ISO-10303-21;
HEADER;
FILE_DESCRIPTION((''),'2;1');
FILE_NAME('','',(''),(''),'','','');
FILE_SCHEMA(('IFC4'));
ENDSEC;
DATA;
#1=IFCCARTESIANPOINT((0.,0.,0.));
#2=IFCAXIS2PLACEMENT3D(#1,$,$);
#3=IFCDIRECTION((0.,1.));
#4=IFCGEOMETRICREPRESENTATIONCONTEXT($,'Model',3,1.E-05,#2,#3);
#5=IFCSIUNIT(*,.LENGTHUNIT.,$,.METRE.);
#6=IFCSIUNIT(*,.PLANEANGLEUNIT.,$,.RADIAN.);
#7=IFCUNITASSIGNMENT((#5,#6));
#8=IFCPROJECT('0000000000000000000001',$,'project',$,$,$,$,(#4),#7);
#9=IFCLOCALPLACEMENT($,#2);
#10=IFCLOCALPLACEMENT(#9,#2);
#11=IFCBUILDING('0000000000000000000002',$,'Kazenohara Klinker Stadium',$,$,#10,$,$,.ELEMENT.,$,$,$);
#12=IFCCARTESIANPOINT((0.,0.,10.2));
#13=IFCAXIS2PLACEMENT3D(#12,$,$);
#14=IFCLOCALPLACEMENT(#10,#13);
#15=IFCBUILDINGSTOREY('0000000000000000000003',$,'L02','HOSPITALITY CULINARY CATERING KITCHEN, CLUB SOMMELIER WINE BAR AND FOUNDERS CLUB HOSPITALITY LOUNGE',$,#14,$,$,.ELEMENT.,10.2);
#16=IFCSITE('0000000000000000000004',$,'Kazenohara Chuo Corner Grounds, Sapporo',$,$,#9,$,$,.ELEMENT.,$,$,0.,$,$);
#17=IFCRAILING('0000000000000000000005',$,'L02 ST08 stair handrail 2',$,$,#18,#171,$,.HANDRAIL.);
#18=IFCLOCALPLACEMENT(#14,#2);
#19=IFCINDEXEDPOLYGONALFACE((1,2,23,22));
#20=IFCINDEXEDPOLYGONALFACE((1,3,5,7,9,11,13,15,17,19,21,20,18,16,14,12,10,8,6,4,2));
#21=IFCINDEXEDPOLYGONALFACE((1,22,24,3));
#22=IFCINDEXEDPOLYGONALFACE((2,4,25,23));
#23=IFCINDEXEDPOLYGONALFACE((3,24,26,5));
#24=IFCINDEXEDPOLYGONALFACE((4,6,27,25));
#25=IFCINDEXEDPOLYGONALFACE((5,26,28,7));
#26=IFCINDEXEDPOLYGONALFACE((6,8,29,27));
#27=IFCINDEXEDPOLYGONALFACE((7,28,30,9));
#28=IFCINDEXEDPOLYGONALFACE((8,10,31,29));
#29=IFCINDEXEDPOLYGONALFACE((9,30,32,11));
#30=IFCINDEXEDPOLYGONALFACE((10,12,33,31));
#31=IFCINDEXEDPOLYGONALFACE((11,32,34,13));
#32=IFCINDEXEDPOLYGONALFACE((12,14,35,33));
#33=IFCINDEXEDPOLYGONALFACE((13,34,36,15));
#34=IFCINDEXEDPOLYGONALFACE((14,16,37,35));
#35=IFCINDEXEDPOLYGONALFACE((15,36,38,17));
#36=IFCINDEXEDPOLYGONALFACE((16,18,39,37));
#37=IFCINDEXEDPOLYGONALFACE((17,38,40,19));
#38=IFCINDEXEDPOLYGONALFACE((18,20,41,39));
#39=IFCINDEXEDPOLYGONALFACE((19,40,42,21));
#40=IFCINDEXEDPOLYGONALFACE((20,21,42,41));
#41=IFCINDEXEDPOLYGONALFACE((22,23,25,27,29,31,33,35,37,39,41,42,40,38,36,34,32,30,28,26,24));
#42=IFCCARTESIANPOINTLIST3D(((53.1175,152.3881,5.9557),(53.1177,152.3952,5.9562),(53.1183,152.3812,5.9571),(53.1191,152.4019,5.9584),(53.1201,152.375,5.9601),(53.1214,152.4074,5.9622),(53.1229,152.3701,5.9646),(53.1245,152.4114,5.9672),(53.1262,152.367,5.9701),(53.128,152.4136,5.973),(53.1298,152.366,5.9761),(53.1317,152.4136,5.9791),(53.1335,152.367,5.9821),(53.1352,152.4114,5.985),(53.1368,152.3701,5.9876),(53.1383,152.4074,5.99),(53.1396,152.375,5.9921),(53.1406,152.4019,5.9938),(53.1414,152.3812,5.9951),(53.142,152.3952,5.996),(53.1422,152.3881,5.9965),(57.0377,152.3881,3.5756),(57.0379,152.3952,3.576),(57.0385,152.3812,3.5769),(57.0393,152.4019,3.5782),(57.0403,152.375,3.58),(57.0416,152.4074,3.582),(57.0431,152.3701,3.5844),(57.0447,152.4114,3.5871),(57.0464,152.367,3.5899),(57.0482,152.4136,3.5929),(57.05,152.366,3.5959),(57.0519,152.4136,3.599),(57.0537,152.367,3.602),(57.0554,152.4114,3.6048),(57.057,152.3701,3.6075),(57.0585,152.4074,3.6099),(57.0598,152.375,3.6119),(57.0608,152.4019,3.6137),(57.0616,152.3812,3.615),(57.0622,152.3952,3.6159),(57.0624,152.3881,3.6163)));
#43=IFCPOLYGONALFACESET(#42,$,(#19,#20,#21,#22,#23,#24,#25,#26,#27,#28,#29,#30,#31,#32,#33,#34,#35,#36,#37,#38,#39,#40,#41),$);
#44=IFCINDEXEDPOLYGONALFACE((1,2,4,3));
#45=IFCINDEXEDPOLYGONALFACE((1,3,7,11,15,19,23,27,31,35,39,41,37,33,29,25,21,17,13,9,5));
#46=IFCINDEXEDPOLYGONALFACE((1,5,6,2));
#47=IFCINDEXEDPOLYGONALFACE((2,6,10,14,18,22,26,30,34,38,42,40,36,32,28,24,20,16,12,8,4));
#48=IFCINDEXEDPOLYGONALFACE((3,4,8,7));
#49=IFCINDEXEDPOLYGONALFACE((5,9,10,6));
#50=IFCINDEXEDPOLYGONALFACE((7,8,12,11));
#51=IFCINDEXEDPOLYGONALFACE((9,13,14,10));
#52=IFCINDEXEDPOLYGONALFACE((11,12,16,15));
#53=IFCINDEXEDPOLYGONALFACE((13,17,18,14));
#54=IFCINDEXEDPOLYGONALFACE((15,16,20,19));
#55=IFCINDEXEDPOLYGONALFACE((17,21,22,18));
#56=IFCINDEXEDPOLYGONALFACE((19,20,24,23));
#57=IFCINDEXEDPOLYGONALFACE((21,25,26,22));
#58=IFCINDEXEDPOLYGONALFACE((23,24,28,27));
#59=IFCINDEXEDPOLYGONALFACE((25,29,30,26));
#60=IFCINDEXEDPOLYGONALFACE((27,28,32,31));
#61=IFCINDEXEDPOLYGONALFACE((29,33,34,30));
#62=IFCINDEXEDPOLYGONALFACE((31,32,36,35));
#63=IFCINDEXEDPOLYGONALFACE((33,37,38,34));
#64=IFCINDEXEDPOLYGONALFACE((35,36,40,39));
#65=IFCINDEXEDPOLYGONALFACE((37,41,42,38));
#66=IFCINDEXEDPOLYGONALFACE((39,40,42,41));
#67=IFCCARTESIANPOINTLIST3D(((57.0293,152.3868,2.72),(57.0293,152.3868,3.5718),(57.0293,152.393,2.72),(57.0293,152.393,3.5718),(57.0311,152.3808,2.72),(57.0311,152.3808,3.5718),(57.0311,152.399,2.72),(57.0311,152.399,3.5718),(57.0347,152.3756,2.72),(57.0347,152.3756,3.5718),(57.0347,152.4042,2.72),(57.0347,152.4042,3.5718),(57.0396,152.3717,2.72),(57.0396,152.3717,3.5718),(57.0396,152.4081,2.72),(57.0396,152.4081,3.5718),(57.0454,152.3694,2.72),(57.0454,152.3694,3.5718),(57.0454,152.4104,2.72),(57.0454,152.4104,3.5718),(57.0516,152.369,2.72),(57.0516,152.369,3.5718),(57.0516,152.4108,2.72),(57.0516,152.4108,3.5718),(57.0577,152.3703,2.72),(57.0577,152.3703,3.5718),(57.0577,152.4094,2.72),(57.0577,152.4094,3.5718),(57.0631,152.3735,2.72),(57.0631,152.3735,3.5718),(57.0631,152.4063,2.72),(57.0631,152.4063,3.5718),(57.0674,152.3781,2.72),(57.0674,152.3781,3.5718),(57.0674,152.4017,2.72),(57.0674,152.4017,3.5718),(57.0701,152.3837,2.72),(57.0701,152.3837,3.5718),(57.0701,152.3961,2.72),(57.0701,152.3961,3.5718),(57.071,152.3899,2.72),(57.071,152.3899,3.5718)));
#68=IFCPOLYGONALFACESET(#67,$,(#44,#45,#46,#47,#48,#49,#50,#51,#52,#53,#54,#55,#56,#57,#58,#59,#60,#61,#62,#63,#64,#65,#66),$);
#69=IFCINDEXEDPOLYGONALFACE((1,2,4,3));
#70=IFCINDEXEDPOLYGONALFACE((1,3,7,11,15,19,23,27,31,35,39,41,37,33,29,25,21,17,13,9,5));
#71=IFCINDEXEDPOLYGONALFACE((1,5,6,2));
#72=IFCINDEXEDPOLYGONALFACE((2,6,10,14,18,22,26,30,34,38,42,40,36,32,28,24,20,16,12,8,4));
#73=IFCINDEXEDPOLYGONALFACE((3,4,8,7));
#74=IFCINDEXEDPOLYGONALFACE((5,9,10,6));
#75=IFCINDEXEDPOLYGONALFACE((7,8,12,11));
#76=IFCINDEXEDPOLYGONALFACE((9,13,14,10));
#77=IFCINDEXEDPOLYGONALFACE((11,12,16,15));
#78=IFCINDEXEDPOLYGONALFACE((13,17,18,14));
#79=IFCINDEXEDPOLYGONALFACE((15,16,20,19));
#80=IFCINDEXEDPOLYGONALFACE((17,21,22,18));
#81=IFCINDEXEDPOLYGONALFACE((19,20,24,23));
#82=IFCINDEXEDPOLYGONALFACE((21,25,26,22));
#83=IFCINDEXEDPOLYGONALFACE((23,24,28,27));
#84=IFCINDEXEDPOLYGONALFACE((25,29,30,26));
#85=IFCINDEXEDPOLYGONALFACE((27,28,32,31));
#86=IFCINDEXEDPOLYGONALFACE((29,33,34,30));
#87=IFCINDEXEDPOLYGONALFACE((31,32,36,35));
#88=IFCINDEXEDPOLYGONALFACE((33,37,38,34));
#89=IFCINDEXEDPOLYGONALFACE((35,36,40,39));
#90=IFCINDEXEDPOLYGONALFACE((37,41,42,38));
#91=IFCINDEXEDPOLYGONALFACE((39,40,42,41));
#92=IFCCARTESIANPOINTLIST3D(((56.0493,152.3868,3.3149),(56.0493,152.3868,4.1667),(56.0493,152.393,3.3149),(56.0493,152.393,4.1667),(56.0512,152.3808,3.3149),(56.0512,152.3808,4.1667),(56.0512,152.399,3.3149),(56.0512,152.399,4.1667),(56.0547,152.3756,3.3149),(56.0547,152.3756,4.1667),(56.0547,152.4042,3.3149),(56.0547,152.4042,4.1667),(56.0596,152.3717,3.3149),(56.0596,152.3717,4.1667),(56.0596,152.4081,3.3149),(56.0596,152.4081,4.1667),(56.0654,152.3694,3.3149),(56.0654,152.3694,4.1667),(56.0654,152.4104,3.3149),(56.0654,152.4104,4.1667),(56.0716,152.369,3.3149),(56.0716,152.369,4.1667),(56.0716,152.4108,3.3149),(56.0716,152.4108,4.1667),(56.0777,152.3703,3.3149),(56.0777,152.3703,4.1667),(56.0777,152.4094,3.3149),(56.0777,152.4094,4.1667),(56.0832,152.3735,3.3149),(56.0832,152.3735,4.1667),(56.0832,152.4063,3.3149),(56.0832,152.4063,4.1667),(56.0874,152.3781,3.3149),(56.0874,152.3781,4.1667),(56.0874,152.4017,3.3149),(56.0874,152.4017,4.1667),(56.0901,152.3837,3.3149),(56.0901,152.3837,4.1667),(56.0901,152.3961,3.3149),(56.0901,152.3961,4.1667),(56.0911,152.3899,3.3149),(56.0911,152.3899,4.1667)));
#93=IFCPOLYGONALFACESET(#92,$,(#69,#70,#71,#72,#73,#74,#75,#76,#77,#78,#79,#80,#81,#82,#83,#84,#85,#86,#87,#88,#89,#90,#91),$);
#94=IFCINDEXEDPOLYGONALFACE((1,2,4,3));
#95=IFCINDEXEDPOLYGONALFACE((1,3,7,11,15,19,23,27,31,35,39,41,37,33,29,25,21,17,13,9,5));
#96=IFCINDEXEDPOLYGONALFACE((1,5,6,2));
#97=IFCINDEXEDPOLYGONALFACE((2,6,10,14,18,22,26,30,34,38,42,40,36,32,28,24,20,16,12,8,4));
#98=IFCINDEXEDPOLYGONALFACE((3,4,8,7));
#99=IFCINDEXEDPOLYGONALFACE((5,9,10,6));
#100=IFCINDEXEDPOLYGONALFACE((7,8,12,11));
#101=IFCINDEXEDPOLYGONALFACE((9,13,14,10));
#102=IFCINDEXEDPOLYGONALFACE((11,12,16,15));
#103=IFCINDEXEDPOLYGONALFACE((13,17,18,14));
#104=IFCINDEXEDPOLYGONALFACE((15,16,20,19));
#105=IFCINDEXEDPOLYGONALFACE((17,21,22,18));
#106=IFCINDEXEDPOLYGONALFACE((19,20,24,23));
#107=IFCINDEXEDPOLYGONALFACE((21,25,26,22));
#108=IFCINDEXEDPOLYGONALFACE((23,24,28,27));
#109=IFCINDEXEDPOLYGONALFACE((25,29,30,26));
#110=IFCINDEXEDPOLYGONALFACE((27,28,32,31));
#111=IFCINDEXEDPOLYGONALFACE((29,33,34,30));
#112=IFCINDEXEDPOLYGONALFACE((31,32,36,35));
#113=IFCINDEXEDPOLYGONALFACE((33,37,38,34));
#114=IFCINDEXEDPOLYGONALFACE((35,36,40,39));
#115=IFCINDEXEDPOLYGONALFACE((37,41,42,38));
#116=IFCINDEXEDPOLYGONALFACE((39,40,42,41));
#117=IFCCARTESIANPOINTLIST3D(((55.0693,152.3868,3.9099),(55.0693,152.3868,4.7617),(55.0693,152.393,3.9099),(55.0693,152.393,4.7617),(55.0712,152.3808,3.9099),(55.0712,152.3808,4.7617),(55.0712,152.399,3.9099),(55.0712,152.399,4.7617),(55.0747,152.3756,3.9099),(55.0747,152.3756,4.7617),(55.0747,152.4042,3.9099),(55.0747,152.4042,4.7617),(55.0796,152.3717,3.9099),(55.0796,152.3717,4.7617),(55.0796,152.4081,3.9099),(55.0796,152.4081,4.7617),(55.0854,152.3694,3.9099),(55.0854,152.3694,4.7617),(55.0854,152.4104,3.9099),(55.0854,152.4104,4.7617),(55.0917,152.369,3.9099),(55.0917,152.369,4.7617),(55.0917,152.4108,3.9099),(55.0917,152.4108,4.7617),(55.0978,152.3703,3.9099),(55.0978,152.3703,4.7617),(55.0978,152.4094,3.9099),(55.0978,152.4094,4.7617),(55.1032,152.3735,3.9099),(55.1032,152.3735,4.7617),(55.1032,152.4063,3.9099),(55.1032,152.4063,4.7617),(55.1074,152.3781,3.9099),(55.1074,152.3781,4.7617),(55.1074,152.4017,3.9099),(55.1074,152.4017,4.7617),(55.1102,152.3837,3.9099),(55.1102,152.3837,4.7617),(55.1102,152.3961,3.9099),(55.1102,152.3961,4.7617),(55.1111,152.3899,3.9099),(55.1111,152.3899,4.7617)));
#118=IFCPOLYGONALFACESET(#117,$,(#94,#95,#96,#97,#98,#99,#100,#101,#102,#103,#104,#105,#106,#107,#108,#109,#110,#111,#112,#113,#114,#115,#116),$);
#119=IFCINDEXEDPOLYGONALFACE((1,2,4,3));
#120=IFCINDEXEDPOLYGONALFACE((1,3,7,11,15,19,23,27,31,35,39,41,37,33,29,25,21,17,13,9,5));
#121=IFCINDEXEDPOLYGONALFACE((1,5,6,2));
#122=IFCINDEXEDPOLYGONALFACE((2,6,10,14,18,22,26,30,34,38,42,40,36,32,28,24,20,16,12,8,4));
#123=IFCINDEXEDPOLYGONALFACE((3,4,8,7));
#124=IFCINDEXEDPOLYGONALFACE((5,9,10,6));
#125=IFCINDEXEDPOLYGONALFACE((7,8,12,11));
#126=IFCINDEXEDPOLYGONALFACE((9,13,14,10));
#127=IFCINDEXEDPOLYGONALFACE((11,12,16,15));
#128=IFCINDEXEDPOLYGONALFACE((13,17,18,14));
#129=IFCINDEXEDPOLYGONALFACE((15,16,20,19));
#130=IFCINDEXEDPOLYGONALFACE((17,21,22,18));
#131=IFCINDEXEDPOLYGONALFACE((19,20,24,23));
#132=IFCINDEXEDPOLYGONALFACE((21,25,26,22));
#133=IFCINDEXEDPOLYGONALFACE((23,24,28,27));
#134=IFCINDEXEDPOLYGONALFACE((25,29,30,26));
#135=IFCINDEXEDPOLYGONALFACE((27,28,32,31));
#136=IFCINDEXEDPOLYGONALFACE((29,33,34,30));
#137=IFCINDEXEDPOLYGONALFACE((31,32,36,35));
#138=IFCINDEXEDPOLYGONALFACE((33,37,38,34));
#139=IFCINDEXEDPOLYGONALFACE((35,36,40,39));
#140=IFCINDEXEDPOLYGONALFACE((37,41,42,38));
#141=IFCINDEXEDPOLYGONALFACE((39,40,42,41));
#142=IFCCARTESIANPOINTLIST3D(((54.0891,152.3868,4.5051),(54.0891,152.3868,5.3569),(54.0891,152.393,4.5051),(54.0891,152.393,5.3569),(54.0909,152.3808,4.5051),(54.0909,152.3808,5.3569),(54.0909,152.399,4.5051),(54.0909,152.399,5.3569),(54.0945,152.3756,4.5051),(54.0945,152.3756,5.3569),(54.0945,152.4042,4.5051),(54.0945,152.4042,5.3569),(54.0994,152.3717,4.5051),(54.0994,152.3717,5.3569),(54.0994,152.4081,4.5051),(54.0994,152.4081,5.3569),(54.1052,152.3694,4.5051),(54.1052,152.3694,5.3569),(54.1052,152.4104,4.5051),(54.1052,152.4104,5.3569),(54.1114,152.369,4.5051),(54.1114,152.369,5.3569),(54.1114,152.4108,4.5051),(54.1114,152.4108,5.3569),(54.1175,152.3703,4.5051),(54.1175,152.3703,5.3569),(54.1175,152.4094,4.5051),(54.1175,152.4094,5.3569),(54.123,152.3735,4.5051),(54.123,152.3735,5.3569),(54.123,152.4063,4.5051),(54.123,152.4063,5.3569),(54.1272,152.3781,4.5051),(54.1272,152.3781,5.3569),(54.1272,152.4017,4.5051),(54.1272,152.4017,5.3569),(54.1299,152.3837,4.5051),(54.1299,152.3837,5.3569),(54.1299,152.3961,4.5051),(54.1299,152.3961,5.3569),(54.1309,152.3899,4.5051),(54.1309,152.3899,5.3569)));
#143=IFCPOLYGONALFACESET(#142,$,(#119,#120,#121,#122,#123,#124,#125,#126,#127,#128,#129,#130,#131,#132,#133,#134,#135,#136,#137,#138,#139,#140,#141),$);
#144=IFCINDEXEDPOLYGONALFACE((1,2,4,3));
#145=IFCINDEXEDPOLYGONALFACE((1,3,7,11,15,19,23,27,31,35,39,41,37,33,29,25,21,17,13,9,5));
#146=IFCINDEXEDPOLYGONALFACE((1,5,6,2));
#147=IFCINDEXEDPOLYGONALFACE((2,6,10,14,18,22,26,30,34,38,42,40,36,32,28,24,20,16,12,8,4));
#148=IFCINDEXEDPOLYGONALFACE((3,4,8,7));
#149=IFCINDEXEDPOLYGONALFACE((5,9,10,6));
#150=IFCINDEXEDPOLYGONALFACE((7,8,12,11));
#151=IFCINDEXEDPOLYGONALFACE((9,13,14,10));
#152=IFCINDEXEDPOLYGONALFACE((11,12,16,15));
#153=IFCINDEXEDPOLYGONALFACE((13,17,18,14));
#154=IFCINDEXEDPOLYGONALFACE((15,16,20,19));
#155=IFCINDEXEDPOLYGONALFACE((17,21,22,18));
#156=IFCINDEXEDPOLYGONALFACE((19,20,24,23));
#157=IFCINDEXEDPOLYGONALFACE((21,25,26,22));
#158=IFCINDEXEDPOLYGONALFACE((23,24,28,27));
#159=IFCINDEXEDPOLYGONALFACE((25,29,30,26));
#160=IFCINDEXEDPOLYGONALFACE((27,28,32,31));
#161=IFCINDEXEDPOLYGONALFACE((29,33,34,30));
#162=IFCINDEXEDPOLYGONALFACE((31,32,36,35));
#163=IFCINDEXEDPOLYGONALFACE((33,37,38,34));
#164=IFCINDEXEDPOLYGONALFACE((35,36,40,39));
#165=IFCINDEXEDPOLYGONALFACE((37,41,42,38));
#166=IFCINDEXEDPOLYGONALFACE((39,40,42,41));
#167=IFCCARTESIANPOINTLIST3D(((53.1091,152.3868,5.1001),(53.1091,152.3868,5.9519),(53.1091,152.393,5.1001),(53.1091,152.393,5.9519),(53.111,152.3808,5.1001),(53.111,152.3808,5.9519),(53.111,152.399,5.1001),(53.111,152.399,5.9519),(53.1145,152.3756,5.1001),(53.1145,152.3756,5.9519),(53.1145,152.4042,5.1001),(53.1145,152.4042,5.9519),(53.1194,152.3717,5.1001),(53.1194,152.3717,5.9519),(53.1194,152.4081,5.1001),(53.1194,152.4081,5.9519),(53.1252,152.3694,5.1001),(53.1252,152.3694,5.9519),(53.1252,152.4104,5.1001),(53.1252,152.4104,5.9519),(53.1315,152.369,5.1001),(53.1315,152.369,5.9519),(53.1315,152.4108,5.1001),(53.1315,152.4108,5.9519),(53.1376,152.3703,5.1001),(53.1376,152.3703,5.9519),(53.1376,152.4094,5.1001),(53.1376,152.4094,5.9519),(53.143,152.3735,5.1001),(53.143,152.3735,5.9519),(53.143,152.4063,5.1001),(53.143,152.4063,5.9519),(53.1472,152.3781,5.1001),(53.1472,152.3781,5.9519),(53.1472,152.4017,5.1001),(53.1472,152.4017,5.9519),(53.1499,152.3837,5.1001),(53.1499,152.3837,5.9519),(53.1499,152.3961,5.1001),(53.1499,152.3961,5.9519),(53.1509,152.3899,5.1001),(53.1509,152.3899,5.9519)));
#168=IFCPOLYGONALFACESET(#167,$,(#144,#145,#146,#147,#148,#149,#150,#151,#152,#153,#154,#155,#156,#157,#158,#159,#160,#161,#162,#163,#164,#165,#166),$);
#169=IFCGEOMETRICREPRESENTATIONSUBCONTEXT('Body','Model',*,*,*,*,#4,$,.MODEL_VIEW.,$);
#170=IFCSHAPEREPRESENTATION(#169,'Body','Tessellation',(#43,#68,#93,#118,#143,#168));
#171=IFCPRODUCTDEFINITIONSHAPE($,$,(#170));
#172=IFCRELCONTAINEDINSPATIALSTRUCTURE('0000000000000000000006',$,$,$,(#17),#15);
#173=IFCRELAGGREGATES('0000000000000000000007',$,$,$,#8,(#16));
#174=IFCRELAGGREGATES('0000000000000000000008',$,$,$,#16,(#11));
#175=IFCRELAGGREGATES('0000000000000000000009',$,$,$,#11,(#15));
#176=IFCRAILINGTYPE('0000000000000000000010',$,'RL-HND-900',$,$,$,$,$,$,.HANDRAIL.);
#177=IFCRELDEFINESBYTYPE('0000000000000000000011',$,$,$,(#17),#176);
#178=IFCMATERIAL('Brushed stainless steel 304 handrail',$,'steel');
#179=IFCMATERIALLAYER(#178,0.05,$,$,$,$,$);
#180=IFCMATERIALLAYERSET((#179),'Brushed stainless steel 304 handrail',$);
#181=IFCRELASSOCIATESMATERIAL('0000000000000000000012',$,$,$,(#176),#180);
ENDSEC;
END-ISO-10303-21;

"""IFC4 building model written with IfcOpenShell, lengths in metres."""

from ifc_helpers import new_model, si_unit, direction, frame, origin, origin_2d, place, context, subcontext, project, spatial, circle, extrude, material, layer, layer_set, type_object, element, save


model = new_model("IFC4")

# Units and contexts
model_context = context("Model", 3, precision=1e-05, world=origin(), true_north=direction((0.0, 1.0)))
body_context = subcontext(model_context, "Body", "Model", "MODEL_VIEW")
ifc_project = project(units=[si_unit("LENGTHUNIT", "METRE"), si_unit("PLANEANGLEUNIT", "RADIAN")], contexts=[model_context])

# Site, building, storey
site_placement = place(None, origin())
site = spatial("IfcSite", under=ifc_project, at=site_placement, Name="Kazenohara Chuo Corner Grounds, Sapporo", CompositionType="ELEMENT", RefElevation=0.0)
building_placement = place(site_placement, origin())
building = spatial("IfcBuilding", under=site, at=building_placement, Name="Kazenohara Klinker Stadium", CompositionType="ELEMENT")
storey_placement = place(building_placement, frame((0.0, 0.0, 10.2)))
storey = spatial("IfcBuildingStorey", under=building, at=storey_placement, Name="L02", Description="HOSPITALITY CULINARY CATERING KITCHEN, CLUB SOMMELIER WINE BAR AND FOUNDERS CLUB HOSPITALITY LOUNGE", CompositionType="ELEMENT", Elevation=10.2)

# Railing
ifc_material_1 = material(Name="Brushed stainless steel 304 handrail", Category="steel")
ifc_layer_1 = layer(ifc_material_1, 0.05)
ifc_layer_set_1 = layer_set([ifc_layer_1], Name="Brushed stainless steel 304 handrail")
railing_type_1 = type_object("IfcRailingType", Name="RL-HND-900", PredefinedType="HANDRAIL", material=ifc_layer_set_1)
railing_1_placement = place(storey_placement, frame((57.05, 152.3899, 2.72)))
element("IfcRailing", 1, at=railing_1_placement, inside=storey, type_object=railing_type_1, Name="L02 ST08 stair handrail 2", PredefinedType="HANDRAIL", context=body_context, shape_type="SweptSolid", body=[
    extrude(circle(Radius=0.0239, at=origin_2d()), frame((0.0, 0.0, 0.876), z_axis=(-0.854785, 0.0, 0.518982), x_axis=(0.0, -1.0, 0.0)), (0.0, 0.0, 1.0), 4.5862),
    extrude(circle(Radius=0.021, at=origin_2d()), origin(), (0.0, 0.0, 1.0), 0.8518),
    extrude(circle(Radius=0.021, at=origin_2d()), frame((-0.98, 0.0, 0.595)), (0.0, 0.0, 1.0), 0.8518),
    extrude(circle(Radius=0.021, at=origin_2d()), frame((-1.96, 0.0, 1.1899)), (0.0, 0.0, 1.0), 0.8518),
    extrude(circle(Radius=0.021, at=origin_2d()), frame((-2.9402, 0.0, 1.7852)), (0.0, 0.0, 1.0), 0.8518),
    extrude(circle(Radius=0.021, at=origin_2d()), frame((-3.9202, 0.0, 2.3801)), (0.0, 0.0, 1.0), 0.8518),
])

save(model, "model.ifc")
